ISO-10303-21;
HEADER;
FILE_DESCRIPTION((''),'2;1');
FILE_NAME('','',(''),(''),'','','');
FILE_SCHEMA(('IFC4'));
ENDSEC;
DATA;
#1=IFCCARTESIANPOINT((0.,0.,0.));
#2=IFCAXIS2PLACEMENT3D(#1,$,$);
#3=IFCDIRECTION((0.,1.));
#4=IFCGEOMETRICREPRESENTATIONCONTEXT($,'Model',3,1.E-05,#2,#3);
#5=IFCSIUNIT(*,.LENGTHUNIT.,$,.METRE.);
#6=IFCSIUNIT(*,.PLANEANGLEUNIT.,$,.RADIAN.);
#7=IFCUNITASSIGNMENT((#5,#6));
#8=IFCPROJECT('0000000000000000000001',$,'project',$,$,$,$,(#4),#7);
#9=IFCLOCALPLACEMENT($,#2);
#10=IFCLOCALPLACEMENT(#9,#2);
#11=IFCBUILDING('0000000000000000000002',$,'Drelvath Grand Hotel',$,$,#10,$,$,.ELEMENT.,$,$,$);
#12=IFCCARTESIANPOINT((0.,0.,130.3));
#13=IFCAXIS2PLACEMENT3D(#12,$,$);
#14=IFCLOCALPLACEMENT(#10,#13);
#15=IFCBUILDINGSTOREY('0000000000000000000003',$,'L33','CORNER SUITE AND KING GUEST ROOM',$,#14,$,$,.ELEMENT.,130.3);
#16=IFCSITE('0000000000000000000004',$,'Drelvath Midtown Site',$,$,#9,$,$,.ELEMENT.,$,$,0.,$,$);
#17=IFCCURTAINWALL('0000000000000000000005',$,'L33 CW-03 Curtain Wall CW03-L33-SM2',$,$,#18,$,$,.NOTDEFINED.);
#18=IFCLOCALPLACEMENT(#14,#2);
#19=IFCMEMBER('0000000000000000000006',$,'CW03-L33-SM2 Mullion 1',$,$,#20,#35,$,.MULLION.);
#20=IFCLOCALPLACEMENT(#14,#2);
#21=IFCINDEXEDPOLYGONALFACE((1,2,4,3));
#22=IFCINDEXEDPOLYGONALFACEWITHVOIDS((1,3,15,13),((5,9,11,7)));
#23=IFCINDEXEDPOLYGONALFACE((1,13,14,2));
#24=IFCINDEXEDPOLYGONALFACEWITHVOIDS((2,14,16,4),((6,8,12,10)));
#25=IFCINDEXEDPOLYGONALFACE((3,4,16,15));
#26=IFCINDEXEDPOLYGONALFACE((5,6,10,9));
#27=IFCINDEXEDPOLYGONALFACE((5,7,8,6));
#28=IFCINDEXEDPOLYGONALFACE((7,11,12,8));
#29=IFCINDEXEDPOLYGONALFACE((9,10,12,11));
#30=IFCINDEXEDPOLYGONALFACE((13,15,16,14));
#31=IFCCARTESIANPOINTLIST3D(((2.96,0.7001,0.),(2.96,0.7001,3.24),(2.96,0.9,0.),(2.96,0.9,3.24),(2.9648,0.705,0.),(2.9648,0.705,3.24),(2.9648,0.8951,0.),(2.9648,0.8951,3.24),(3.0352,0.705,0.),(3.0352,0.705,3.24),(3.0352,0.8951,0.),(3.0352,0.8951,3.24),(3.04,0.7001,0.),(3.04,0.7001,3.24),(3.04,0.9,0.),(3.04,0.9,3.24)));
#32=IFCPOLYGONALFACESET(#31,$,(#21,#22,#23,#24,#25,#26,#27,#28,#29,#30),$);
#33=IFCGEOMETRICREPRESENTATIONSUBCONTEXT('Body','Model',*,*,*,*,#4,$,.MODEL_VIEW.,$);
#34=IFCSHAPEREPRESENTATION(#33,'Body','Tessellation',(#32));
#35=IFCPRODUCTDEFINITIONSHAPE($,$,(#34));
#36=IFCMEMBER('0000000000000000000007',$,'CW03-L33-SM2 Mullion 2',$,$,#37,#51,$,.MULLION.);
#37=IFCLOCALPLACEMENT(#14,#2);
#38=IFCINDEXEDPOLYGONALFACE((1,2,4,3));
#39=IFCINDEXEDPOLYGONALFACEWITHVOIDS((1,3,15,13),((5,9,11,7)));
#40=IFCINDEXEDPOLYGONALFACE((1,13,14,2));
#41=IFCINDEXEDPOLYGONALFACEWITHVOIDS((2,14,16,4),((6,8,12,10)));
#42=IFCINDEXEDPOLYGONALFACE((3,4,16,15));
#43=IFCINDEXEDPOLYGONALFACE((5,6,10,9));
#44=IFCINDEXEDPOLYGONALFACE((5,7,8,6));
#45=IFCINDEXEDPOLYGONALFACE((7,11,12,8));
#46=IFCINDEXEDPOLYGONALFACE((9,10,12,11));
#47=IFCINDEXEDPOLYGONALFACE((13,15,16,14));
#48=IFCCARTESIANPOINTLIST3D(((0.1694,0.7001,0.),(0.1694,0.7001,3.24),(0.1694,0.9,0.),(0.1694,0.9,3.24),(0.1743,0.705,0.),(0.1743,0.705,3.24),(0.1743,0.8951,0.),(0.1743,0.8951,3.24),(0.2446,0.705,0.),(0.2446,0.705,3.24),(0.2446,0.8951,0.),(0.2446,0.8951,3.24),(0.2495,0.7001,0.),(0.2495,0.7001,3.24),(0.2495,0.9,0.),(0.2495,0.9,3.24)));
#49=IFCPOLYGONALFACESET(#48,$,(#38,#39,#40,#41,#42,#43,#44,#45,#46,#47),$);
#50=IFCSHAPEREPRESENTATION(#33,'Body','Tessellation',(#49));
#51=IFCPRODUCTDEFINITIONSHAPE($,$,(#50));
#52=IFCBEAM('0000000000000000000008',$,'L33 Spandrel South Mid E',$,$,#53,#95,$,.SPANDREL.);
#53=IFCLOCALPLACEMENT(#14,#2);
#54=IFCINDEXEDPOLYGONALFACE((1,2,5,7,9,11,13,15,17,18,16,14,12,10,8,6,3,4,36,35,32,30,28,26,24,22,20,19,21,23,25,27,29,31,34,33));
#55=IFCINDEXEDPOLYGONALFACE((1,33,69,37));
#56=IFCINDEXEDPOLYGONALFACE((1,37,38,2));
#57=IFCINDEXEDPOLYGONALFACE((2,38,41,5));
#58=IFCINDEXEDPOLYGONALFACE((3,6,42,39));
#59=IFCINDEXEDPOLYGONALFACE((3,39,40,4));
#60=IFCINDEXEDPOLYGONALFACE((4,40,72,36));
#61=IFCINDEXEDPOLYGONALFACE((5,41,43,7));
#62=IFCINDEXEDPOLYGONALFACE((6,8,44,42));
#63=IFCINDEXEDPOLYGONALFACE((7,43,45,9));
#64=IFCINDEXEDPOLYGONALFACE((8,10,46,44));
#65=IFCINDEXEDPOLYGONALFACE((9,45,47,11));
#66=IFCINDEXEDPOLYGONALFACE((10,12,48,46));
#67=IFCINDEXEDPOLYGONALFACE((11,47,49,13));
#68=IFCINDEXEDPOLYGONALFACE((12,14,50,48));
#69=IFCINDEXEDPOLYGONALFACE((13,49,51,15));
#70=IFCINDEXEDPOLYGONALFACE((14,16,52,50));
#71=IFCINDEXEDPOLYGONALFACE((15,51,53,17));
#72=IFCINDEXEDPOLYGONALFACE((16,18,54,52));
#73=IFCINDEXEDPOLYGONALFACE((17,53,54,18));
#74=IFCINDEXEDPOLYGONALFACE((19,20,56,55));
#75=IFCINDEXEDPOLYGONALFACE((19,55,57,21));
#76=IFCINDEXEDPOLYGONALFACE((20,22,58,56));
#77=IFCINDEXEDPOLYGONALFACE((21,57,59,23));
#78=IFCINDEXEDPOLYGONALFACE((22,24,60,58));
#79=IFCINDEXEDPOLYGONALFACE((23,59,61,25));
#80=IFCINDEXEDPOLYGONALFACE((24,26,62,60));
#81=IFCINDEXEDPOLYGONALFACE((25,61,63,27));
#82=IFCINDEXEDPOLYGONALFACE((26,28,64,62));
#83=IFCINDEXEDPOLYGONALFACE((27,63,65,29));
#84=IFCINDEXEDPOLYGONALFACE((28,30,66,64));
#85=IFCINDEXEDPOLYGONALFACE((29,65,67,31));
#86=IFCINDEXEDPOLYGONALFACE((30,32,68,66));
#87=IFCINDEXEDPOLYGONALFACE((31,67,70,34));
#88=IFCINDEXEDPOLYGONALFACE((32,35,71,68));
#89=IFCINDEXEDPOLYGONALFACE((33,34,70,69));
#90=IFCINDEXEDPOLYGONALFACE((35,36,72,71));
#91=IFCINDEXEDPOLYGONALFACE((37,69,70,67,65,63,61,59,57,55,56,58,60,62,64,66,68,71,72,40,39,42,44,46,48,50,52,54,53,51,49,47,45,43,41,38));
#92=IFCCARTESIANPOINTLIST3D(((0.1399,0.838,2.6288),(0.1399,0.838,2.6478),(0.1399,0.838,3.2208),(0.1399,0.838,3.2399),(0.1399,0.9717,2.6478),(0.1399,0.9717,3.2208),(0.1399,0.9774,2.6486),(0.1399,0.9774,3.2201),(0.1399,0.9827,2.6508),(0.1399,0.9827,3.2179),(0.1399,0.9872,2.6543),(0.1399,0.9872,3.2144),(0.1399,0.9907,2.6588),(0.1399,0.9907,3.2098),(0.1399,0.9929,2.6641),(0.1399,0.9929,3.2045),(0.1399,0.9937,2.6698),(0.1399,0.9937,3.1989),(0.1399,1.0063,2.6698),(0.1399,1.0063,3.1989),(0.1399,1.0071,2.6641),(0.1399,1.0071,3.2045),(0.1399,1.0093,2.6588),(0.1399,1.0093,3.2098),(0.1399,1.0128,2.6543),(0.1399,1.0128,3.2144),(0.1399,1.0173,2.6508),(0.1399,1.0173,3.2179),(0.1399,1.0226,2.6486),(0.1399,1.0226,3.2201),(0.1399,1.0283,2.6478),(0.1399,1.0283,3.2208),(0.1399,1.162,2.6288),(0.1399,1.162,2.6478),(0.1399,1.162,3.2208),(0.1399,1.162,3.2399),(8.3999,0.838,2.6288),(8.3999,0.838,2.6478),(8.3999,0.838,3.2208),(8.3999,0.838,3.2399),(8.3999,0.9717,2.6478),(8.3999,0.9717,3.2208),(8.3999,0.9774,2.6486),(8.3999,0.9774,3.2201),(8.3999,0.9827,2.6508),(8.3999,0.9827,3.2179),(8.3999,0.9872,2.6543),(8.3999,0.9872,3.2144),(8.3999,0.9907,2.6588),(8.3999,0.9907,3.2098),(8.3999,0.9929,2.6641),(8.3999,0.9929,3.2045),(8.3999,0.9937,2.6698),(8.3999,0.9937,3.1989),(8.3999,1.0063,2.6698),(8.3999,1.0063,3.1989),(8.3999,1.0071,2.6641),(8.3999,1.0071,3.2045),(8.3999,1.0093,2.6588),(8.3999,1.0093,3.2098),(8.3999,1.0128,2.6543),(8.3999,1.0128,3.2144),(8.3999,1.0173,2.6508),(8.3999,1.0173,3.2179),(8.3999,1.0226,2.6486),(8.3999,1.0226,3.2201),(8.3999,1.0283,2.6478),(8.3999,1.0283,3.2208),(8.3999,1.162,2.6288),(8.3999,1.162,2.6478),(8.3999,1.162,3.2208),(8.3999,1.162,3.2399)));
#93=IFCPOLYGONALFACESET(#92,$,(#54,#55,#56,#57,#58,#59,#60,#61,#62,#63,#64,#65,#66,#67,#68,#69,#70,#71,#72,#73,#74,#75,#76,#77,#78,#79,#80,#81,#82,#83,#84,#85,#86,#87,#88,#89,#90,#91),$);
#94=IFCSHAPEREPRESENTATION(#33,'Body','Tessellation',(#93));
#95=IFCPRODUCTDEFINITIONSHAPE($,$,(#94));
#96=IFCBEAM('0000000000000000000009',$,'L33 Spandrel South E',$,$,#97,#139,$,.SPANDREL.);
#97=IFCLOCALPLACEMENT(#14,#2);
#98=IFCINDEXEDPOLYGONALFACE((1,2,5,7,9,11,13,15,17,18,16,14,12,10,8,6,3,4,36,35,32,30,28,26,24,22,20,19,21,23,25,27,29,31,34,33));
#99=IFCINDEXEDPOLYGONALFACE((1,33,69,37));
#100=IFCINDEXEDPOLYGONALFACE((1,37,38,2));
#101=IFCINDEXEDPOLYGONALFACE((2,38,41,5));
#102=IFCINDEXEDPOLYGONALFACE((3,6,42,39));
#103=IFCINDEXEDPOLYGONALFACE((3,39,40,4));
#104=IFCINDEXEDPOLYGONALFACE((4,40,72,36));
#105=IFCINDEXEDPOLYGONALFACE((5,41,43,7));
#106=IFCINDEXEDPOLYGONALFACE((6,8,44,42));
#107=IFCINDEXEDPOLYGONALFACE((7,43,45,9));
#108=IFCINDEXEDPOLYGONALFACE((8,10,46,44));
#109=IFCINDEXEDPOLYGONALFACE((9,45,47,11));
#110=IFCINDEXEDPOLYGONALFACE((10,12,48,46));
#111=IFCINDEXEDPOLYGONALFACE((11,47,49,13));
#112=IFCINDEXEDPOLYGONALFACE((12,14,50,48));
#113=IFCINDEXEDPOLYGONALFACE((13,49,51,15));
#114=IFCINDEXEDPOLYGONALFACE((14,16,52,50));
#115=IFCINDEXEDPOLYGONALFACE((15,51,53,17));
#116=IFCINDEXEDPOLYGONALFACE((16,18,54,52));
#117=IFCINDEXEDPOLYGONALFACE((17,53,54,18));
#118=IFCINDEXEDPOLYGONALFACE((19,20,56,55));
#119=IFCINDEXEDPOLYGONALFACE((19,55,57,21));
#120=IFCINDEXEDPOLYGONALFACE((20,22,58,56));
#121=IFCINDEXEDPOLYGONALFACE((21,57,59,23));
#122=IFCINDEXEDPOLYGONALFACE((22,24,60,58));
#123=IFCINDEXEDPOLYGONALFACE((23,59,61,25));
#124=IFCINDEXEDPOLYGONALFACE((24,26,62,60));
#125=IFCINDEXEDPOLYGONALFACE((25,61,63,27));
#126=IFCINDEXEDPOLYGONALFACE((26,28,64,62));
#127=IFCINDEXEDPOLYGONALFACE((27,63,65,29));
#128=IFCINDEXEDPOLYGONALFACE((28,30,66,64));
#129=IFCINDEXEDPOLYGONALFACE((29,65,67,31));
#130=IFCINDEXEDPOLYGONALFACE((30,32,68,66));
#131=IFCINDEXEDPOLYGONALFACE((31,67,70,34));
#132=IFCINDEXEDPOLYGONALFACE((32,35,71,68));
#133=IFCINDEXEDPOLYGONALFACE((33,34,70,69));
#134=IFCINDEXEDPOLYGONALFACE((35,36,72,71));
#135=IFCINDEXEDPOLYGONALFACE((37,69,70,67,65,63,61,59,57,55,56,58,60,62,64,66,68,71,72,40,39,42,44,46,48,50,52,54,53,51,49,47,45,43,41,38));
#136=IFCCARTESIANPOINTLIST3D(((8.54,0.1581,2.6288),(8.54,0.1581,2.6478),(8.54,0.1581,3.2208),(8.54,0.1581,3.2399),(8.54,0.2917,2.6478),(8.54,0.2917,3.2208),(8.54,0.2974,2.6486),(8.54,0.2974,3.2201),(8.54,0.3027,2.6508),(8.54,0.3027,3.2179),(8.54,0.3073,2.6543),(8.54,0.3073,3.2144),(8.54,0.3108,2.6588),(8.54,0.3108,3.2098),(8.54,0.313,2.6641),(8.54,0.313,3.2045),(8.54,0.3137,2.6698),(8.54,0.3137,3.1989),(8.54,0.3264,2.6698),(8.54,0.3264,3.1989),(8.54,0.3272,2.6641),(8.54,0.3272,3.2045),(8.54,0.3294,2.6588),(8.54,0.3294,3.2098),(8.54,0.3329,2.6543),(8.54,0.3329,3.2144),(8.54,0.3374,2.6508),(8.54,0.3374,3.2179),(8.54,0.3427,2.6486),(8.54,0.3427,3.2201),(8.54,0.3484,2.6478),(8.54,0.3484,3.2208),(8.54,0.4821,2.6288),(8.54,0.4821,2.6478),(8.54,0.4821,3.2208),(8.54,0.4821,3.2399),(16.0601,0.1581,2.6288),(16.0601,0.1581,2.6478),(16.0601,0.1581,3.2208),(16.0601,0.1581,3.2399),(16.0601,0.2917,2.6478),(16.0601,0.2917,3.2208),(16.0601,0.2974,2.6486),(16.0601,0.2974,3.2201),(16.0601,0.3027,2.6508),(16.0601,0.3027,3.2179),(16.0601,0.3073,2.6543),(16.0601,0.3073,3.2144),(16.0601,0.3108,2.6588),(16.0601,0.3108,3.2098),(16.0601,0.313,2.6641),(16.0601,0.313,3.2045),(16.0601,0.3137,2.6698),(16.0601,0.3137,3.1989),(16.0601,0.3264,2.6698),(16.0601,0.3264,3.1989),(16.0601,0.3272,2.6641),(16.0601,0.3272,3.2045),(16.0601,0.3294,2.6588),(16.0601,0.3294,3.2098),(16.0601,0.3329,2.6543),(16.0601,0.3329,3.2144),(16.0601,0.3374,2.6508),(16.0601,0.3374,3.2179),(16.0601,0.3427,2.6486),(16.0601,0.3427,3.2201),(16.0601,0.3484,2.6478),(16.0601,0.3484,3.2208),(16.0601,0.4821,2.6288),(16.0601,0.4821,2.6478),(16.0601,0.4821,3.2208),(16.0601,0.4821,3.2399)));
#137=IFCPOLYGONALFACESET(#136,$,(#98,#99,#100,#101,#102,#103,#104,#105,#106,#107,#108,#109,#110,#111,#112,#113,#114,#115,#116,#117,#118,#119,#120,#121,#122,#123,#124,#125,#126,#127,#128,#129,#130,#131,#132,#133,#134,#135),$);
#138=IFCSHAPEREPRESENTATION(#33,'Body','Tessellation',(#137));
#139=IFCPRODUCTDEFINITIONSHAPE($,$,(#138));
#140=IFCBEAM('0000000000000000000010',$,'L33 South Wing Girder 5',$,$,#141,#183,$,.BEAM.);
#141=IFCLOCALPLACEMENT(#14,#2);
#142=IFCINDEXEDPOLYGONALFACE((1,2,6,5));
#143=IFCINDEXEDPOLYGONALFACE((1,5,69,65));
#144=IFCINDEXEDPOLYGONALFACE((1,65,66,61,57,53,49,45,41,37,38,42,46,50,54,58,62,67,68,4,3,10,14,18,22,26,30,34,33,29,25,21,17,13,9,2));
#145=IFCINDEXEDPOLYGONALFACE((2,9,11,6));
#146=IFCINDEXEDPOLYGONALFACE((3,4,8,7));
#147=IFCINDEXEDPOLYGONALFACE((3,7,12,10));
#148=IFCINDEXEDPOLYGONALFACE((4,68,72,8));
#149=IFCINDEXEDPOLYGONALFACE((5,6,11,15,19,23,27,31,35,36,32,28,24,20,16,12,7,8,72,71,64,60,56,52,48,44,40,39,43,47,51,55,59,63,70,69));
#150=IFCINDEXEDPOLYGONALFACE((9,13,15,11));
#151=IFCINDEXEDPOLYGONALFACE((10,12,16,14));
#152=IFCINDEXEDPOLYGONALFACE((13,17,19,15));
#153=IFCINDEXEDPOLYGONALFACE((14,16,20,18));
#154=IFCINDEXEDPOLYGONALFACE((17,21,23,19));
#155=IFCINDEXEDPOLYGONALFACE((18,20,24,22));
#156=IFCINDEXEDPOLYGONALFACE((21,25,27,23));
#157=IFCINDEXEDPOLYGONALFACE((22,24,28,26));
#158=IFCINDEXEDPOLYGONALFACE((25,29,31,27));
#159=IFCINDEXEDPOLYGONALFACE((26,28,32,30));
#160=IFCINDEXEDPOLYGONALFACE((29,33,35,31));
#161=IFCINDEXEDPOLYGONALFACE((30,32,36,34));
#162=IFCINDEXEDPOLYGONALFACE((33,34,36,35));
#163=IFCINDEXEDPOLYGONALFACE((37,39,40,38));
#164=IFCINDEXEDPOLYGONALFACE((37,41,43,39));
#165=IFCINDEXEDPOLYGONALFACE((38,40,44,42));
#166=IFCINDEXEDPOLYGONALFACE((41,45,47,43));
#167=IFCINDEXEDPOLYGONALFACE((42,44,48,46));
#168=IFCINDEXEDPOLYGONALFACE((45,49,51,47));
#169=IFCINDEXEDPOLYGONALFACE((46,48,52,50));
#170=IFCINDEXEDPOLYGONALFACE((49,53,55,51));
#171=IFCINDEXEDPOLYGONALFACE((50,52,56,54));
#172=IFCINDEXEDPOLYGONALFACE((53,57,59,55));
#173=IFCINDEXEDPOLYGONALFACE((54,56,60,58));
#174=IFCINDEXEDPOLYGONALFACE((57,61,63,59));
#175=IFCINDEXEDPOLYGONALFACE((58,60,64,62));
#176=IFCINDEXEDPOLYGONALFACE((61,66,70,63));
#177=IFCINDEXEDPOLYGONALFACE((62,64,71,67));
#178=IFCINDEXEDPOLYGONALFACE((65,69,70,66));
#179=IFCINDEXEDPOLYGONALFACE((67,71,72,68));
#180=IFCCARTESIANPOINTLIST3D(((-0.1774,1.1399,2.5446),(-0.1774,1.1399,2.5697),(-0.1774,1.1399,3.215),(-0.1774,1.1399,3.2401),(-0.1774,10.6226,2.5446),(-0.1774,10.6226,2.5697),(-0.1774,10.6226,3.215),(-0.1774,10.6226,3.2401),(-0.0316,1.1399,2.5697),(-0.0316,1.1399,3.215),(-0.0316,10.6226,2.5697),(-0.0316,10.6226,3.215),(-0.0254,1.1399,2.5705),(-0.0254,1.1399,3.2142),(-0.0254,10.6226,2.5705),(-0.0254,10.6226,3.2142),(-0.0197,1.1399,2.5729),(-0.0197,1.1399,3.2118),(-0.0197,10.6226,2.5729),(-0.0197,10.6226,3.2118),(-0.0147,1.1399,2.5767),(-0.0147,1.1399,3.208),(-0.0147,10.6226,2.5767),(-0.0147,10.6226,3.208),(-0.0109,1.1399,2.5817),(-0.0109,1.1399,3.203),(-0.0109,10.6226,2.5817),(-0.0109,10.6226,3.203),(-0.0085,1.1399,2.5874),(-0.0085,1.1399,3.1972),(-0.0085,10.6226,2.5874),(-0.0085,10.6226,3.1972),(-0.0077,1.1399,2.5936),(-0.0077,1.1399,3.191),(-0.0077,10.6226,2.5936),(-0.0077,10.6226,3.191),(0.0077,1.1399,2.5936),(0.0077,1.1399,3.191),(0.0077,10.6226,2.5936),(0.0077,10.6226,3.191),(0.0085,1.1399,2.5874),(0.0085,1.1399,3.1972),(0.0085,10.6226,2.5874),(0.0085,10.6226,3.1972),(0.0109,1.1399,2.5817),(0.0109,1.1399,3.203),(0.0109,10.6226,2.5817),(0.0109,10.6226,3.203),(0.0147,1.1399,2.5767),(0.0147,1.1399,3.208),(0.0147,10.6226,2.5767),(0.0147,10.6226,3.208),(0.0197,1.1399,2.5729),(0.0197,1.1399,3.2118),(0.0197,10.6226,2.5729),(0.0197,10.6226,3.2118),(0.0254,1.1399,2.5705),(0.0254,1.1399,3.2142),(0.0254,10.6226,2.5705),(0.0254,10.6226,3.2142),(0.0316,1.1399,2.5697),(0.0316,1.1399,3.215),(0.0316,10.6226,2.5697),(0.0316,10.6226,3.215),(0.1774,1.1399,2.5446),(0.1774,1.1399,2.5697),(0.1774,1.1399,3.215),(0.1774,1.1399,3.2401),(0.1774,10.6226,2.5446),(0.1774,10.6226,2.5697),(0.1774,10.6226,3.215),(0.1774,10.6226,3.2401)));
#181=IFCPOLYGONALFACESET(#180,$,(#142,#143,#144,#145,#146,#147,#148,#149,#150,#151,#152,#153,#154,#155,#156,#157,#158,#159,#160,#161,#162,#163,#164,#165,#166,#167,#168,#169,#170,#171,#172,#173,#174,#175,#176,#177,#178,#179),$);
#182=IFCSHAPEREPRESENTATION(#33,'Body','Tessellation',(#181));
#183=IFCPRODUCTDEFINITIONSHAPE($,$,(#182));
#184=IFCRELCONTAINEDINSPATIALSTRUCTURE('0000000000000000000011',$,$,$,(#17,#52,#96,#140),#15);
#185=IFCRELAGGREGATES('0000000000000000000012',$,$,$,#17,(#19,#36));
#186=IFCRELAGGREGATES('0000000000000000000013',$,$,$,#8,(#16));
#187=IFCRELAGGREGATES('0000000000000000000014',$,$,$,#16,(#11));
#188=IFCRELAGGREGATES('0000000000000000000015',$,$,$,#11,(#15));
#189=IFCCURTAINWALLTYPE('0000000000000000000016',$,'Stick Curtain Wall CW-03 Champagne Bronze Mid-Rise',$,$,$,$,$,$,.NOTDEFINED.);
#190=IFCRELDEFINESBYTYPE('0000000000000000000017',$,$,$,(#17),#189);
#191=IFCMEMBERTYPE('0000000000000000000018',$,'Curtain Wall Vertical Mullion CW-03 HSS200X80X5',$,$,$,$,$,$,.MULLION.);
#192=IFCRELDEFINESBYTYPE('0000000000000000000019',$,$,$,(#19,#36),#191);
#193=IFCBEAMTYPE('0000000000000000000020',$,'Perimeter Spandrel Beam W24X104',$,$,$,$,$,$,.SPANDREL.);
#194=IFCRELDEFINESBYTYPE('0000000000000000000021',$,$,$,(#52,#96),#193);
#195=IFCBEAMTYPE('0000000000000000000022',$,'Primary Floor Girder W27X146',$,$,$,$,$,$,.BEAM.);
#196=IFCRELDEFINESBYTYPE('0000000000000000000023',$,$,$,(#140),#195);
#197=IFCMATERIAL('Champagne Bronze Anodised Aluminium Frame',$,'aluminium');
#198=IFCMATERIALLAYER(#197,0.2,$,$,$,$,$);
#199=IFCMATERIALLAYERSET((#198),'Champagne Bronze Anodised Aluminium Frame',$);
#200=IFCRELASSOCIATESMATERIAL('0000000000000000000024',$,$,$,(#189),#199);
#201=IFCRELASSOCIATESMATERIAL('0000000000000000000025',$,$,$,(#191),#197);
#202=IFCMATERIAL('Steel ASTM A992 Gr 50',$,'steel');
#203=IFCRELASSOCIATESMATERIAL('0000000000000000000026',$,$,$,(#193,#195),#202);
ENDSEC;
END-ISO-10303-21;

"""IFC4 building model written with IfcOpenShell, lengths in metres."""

from ifc_helpers import new_model, si_unit, direction, frame, origin, origin_2d, place, context, subcontext, project, spatial, hollow_rectangle, i_section, extrude, material, layer, layer_set, material_profile, profile_set, type_object, element, aggregate, save


model = new_model("IFC4")

# Units and contexts
model_context = context("Model", 3, precision=1e-05, world=origin(), true_north=direction((0.0, 1.0)))
body_context = subcontext(model_context, "Body", "Model", "MODEL_VIEW")
ifc_project = project(units=[si_unit("LENGTHUNIT", "METRE"), si_unit("PLANEANGLEUNIT", "RADIAN")], contexts=[model_context])

# Site, building, storey
site_placement = place(None, origin())
site = spatial("IfcSite", under=ifc_project, at=site_placement, Name="Drelvath Midtown Site", CompositionType="ELEMENT", RefElevation=0.0)
building_placement = place(site_placement, origin())
building = spatial("IfcBuilding", under=site, at=building_placement, Name="Drelvath Grand Hotel", CompositionType="ELEMENT")
storey_placement = place(building_placement, frame((0.0, 0.0, 130.3)))
storey = spatial("IfcBuildingStorey", under=building, at=storey_placement, Name="L33", Description="CORNER SUITE AND KING GUEST ROOM", CompositionType="ELEMENT", Elevation=130.3)

# Curtain wall
ifc_material_1 = material(Name="Champagne Bronze Anodised Aluminium Frame", Category="aluminium")
ifc_layer_1 = layer(ifc_material_1, 0.2)
ifc_layer_set_1 = layer_set([ifc_layer_1], Name="Champagne Bronze Anodised Aluminium Frame")
curtain_wall_type = type_object("IfcCurtainWallType", Name="Stick Curtain Wall CW-03 Champagne Bronze Mid-Rise", PredefinedType="NOTDEFINED", material=ifc_layer_set_1)
curtain_wall_1_placement = place(storey_placement, origin())
curtain_wall_1 = element("IfcCurtainWall", 1, at=curtain_wall_1_placement, inside=storey, type_object=curtain_wall_type, Name="L33 CW-03 Curtain Wall CW03-L33-SM2", PredefinedType="NOTDEFINED")

# Shared definitions
ifc_material_profile_1 = material_profile(ifc_material_1, hollow_rectangle(XDim=0.0801, YDim=0.2, WallThickness=0.0049, at=origin_2d()), Name="HSS200X80X5")
ifc_profile_set_1 = profile_set([ifc_material_profile_1], Name="Champagne Bronze Anodised Aluminium Frame")
member_type_1 = type_object("IfcMemberType", Name="Curtain Wall Vertical Mullion CW-03 HSS200X80X5", PredefinedType="MULLION", material=ifc_profile_set_1)

# Members
member_1_placement = place(storey_placement, frame((3.0, 0.8, 0.0), z_axis=(0.0, 0.0, 1.0), x_axis=(1.0, 0.0, 0.0)))
member_1 = element("IfcMember", 2, at=member_1_placement, type_object=member_type_1, Name="CW03-L33-SM2 Mullion 1", PredefinedType="MULLION", context=body_context, shape_type="SweptSolid", body=[
    extrude(hollow_rectangle(XDim=0.0801, YDim=0.2, WallThickness=0.0049, at=origin_2d()), origin(), (0.0, 0.0, 1.0), 3.24),
])
member_2_placement = place(storey_placement, frame((0.2095, 0.8, 0.0), z_axis=(0.0, 0.0, 1.0), x_axis=(1.0, 0.0, 0.0)))
member_2 = element("IfcMember", 3, at=member_2_placement, type_object=member_type_1, Name="CW03-L33-SM2 Mullion 2", PredefinedType="MULLION", context=body_context, shape_type="SweptSolid", body=[
    extrude(hollow_rectangle(XDim=0.0801, YDim=0.2, WallThickness=0.0049, at=origin_2d()), origin(), (0.0, 0.0, 1.0), 3.24),
])

# Beams
ifc_material_2 = material(Name="Steel ASTM A992 Gr 50", Category="steel")
ifc_material_profile_2 = material_profile(ifc_material_2, i_section(OverallWidth=0.324, OverallDepth=0.6111, WebThickness=0.0127, FlangeThickness=0.019, FilletRadius=0.022, at=origin_2d()), Name="W24X104")
ifc_profile_set_2 = profile_set([ifc_material_profile_2], Name="Steel ASTM A992 Gr 50")
beam_type_1 = type_object("IfcBeamType", Name="Perimeter Spandrel Beam W24X104", PredefinedType="SPANDREL", material=ifc_profile_set_2)
beam_1_placement = place(storey_placement, frame((0.1399, 1.0, 2.9343), z_axis=(1.0, 0.0, 0.0), x_axis=(0.0, 1.0, 0.0)))
element("IfcBeam", 4, at=beam_1_placement, inside=storey, type_object=beam_type_1, Name="L33 Spandrel South Mid E", PredefinedType="SPANDREL", context=body_context, shape_type="SweptSolid", body=[
    extrude(i_section(OverallWidth=0.324, OverallDepth=0.6111, WebThickness=0.0127, FlangeThickness=0.019, FilletRadius=0.022, at=origin_2d()), origin(), (0.0, 0.0, 1.0), 8.26),
])
beam_2_placement = place(storey_placement, frame((8.54, 0.3201, 2.9343), z_axis=(1.0, 0.0, 0.0), x_axis=(0.0, 1.0, 0.0)))
element("IfcBeam", 5, at=beam_2_placement, inside=storey, type_object=beam_type_1, Name="L33 Spandrel South E", PredefinedType="SPANDREL", context=body_context, shape_type="SweptSolid", body=[
    extrude(i_section(OverallWidth=0.324, OverallDepth=0.6111, WebThickness=0.0127, FlangeThickness=0.019, FilletRadius=0.022, at=origin_2d()), origin(), (0.0, 0.0, 1.0), 7.52),
])
ifc_material_profile_3 = material_profile(ifc_material_2, i_section(OverallWidth=0.3547, OverallDepth=0.6956, WebThickness=0.0154, FlangeThickness=0.0251, FilletRadius=0.0239, at=origin_2d()), Name="W27X146")
ifc_profile_set_3 = profile_set([ifc_material_profile_3], Name="Steel ASTM A992 Gr 50")
beam_type_2 = type_object("IfcBeamType", Name="Primary Floor Girder W27X146", PredefinedType="BEAM", material=ifc_profile_set_3)
beam_3_placement = place(storey_placement, frame((0.0, 1.1399, 2.8923), z_axis=(0.0, 1.0, 0.0), x_axis=(-1.0, 0.0, 0.0)))
element("IfcBeam", 6, at=beam_3_placement, inside=storey, type_object=beam_type_2, Name="L33 South Wing Girder 5", PredefinedType="BEAM", context=body_context, shape_type="SweptSolid", body=[
    extrude(i_section(OverallWidth=0.3547, OverallDepth=0.6956, WebThickness=0.0154, FlangeThickness=0.0251, FilletRadius=0.0239, at=origin_2d()), origin(), (0.0, 0.0, 1.0), 9.4827),
])

aggregate(curtain_wall_1, [member_1, member_2])

save(model, "model.ifc")
